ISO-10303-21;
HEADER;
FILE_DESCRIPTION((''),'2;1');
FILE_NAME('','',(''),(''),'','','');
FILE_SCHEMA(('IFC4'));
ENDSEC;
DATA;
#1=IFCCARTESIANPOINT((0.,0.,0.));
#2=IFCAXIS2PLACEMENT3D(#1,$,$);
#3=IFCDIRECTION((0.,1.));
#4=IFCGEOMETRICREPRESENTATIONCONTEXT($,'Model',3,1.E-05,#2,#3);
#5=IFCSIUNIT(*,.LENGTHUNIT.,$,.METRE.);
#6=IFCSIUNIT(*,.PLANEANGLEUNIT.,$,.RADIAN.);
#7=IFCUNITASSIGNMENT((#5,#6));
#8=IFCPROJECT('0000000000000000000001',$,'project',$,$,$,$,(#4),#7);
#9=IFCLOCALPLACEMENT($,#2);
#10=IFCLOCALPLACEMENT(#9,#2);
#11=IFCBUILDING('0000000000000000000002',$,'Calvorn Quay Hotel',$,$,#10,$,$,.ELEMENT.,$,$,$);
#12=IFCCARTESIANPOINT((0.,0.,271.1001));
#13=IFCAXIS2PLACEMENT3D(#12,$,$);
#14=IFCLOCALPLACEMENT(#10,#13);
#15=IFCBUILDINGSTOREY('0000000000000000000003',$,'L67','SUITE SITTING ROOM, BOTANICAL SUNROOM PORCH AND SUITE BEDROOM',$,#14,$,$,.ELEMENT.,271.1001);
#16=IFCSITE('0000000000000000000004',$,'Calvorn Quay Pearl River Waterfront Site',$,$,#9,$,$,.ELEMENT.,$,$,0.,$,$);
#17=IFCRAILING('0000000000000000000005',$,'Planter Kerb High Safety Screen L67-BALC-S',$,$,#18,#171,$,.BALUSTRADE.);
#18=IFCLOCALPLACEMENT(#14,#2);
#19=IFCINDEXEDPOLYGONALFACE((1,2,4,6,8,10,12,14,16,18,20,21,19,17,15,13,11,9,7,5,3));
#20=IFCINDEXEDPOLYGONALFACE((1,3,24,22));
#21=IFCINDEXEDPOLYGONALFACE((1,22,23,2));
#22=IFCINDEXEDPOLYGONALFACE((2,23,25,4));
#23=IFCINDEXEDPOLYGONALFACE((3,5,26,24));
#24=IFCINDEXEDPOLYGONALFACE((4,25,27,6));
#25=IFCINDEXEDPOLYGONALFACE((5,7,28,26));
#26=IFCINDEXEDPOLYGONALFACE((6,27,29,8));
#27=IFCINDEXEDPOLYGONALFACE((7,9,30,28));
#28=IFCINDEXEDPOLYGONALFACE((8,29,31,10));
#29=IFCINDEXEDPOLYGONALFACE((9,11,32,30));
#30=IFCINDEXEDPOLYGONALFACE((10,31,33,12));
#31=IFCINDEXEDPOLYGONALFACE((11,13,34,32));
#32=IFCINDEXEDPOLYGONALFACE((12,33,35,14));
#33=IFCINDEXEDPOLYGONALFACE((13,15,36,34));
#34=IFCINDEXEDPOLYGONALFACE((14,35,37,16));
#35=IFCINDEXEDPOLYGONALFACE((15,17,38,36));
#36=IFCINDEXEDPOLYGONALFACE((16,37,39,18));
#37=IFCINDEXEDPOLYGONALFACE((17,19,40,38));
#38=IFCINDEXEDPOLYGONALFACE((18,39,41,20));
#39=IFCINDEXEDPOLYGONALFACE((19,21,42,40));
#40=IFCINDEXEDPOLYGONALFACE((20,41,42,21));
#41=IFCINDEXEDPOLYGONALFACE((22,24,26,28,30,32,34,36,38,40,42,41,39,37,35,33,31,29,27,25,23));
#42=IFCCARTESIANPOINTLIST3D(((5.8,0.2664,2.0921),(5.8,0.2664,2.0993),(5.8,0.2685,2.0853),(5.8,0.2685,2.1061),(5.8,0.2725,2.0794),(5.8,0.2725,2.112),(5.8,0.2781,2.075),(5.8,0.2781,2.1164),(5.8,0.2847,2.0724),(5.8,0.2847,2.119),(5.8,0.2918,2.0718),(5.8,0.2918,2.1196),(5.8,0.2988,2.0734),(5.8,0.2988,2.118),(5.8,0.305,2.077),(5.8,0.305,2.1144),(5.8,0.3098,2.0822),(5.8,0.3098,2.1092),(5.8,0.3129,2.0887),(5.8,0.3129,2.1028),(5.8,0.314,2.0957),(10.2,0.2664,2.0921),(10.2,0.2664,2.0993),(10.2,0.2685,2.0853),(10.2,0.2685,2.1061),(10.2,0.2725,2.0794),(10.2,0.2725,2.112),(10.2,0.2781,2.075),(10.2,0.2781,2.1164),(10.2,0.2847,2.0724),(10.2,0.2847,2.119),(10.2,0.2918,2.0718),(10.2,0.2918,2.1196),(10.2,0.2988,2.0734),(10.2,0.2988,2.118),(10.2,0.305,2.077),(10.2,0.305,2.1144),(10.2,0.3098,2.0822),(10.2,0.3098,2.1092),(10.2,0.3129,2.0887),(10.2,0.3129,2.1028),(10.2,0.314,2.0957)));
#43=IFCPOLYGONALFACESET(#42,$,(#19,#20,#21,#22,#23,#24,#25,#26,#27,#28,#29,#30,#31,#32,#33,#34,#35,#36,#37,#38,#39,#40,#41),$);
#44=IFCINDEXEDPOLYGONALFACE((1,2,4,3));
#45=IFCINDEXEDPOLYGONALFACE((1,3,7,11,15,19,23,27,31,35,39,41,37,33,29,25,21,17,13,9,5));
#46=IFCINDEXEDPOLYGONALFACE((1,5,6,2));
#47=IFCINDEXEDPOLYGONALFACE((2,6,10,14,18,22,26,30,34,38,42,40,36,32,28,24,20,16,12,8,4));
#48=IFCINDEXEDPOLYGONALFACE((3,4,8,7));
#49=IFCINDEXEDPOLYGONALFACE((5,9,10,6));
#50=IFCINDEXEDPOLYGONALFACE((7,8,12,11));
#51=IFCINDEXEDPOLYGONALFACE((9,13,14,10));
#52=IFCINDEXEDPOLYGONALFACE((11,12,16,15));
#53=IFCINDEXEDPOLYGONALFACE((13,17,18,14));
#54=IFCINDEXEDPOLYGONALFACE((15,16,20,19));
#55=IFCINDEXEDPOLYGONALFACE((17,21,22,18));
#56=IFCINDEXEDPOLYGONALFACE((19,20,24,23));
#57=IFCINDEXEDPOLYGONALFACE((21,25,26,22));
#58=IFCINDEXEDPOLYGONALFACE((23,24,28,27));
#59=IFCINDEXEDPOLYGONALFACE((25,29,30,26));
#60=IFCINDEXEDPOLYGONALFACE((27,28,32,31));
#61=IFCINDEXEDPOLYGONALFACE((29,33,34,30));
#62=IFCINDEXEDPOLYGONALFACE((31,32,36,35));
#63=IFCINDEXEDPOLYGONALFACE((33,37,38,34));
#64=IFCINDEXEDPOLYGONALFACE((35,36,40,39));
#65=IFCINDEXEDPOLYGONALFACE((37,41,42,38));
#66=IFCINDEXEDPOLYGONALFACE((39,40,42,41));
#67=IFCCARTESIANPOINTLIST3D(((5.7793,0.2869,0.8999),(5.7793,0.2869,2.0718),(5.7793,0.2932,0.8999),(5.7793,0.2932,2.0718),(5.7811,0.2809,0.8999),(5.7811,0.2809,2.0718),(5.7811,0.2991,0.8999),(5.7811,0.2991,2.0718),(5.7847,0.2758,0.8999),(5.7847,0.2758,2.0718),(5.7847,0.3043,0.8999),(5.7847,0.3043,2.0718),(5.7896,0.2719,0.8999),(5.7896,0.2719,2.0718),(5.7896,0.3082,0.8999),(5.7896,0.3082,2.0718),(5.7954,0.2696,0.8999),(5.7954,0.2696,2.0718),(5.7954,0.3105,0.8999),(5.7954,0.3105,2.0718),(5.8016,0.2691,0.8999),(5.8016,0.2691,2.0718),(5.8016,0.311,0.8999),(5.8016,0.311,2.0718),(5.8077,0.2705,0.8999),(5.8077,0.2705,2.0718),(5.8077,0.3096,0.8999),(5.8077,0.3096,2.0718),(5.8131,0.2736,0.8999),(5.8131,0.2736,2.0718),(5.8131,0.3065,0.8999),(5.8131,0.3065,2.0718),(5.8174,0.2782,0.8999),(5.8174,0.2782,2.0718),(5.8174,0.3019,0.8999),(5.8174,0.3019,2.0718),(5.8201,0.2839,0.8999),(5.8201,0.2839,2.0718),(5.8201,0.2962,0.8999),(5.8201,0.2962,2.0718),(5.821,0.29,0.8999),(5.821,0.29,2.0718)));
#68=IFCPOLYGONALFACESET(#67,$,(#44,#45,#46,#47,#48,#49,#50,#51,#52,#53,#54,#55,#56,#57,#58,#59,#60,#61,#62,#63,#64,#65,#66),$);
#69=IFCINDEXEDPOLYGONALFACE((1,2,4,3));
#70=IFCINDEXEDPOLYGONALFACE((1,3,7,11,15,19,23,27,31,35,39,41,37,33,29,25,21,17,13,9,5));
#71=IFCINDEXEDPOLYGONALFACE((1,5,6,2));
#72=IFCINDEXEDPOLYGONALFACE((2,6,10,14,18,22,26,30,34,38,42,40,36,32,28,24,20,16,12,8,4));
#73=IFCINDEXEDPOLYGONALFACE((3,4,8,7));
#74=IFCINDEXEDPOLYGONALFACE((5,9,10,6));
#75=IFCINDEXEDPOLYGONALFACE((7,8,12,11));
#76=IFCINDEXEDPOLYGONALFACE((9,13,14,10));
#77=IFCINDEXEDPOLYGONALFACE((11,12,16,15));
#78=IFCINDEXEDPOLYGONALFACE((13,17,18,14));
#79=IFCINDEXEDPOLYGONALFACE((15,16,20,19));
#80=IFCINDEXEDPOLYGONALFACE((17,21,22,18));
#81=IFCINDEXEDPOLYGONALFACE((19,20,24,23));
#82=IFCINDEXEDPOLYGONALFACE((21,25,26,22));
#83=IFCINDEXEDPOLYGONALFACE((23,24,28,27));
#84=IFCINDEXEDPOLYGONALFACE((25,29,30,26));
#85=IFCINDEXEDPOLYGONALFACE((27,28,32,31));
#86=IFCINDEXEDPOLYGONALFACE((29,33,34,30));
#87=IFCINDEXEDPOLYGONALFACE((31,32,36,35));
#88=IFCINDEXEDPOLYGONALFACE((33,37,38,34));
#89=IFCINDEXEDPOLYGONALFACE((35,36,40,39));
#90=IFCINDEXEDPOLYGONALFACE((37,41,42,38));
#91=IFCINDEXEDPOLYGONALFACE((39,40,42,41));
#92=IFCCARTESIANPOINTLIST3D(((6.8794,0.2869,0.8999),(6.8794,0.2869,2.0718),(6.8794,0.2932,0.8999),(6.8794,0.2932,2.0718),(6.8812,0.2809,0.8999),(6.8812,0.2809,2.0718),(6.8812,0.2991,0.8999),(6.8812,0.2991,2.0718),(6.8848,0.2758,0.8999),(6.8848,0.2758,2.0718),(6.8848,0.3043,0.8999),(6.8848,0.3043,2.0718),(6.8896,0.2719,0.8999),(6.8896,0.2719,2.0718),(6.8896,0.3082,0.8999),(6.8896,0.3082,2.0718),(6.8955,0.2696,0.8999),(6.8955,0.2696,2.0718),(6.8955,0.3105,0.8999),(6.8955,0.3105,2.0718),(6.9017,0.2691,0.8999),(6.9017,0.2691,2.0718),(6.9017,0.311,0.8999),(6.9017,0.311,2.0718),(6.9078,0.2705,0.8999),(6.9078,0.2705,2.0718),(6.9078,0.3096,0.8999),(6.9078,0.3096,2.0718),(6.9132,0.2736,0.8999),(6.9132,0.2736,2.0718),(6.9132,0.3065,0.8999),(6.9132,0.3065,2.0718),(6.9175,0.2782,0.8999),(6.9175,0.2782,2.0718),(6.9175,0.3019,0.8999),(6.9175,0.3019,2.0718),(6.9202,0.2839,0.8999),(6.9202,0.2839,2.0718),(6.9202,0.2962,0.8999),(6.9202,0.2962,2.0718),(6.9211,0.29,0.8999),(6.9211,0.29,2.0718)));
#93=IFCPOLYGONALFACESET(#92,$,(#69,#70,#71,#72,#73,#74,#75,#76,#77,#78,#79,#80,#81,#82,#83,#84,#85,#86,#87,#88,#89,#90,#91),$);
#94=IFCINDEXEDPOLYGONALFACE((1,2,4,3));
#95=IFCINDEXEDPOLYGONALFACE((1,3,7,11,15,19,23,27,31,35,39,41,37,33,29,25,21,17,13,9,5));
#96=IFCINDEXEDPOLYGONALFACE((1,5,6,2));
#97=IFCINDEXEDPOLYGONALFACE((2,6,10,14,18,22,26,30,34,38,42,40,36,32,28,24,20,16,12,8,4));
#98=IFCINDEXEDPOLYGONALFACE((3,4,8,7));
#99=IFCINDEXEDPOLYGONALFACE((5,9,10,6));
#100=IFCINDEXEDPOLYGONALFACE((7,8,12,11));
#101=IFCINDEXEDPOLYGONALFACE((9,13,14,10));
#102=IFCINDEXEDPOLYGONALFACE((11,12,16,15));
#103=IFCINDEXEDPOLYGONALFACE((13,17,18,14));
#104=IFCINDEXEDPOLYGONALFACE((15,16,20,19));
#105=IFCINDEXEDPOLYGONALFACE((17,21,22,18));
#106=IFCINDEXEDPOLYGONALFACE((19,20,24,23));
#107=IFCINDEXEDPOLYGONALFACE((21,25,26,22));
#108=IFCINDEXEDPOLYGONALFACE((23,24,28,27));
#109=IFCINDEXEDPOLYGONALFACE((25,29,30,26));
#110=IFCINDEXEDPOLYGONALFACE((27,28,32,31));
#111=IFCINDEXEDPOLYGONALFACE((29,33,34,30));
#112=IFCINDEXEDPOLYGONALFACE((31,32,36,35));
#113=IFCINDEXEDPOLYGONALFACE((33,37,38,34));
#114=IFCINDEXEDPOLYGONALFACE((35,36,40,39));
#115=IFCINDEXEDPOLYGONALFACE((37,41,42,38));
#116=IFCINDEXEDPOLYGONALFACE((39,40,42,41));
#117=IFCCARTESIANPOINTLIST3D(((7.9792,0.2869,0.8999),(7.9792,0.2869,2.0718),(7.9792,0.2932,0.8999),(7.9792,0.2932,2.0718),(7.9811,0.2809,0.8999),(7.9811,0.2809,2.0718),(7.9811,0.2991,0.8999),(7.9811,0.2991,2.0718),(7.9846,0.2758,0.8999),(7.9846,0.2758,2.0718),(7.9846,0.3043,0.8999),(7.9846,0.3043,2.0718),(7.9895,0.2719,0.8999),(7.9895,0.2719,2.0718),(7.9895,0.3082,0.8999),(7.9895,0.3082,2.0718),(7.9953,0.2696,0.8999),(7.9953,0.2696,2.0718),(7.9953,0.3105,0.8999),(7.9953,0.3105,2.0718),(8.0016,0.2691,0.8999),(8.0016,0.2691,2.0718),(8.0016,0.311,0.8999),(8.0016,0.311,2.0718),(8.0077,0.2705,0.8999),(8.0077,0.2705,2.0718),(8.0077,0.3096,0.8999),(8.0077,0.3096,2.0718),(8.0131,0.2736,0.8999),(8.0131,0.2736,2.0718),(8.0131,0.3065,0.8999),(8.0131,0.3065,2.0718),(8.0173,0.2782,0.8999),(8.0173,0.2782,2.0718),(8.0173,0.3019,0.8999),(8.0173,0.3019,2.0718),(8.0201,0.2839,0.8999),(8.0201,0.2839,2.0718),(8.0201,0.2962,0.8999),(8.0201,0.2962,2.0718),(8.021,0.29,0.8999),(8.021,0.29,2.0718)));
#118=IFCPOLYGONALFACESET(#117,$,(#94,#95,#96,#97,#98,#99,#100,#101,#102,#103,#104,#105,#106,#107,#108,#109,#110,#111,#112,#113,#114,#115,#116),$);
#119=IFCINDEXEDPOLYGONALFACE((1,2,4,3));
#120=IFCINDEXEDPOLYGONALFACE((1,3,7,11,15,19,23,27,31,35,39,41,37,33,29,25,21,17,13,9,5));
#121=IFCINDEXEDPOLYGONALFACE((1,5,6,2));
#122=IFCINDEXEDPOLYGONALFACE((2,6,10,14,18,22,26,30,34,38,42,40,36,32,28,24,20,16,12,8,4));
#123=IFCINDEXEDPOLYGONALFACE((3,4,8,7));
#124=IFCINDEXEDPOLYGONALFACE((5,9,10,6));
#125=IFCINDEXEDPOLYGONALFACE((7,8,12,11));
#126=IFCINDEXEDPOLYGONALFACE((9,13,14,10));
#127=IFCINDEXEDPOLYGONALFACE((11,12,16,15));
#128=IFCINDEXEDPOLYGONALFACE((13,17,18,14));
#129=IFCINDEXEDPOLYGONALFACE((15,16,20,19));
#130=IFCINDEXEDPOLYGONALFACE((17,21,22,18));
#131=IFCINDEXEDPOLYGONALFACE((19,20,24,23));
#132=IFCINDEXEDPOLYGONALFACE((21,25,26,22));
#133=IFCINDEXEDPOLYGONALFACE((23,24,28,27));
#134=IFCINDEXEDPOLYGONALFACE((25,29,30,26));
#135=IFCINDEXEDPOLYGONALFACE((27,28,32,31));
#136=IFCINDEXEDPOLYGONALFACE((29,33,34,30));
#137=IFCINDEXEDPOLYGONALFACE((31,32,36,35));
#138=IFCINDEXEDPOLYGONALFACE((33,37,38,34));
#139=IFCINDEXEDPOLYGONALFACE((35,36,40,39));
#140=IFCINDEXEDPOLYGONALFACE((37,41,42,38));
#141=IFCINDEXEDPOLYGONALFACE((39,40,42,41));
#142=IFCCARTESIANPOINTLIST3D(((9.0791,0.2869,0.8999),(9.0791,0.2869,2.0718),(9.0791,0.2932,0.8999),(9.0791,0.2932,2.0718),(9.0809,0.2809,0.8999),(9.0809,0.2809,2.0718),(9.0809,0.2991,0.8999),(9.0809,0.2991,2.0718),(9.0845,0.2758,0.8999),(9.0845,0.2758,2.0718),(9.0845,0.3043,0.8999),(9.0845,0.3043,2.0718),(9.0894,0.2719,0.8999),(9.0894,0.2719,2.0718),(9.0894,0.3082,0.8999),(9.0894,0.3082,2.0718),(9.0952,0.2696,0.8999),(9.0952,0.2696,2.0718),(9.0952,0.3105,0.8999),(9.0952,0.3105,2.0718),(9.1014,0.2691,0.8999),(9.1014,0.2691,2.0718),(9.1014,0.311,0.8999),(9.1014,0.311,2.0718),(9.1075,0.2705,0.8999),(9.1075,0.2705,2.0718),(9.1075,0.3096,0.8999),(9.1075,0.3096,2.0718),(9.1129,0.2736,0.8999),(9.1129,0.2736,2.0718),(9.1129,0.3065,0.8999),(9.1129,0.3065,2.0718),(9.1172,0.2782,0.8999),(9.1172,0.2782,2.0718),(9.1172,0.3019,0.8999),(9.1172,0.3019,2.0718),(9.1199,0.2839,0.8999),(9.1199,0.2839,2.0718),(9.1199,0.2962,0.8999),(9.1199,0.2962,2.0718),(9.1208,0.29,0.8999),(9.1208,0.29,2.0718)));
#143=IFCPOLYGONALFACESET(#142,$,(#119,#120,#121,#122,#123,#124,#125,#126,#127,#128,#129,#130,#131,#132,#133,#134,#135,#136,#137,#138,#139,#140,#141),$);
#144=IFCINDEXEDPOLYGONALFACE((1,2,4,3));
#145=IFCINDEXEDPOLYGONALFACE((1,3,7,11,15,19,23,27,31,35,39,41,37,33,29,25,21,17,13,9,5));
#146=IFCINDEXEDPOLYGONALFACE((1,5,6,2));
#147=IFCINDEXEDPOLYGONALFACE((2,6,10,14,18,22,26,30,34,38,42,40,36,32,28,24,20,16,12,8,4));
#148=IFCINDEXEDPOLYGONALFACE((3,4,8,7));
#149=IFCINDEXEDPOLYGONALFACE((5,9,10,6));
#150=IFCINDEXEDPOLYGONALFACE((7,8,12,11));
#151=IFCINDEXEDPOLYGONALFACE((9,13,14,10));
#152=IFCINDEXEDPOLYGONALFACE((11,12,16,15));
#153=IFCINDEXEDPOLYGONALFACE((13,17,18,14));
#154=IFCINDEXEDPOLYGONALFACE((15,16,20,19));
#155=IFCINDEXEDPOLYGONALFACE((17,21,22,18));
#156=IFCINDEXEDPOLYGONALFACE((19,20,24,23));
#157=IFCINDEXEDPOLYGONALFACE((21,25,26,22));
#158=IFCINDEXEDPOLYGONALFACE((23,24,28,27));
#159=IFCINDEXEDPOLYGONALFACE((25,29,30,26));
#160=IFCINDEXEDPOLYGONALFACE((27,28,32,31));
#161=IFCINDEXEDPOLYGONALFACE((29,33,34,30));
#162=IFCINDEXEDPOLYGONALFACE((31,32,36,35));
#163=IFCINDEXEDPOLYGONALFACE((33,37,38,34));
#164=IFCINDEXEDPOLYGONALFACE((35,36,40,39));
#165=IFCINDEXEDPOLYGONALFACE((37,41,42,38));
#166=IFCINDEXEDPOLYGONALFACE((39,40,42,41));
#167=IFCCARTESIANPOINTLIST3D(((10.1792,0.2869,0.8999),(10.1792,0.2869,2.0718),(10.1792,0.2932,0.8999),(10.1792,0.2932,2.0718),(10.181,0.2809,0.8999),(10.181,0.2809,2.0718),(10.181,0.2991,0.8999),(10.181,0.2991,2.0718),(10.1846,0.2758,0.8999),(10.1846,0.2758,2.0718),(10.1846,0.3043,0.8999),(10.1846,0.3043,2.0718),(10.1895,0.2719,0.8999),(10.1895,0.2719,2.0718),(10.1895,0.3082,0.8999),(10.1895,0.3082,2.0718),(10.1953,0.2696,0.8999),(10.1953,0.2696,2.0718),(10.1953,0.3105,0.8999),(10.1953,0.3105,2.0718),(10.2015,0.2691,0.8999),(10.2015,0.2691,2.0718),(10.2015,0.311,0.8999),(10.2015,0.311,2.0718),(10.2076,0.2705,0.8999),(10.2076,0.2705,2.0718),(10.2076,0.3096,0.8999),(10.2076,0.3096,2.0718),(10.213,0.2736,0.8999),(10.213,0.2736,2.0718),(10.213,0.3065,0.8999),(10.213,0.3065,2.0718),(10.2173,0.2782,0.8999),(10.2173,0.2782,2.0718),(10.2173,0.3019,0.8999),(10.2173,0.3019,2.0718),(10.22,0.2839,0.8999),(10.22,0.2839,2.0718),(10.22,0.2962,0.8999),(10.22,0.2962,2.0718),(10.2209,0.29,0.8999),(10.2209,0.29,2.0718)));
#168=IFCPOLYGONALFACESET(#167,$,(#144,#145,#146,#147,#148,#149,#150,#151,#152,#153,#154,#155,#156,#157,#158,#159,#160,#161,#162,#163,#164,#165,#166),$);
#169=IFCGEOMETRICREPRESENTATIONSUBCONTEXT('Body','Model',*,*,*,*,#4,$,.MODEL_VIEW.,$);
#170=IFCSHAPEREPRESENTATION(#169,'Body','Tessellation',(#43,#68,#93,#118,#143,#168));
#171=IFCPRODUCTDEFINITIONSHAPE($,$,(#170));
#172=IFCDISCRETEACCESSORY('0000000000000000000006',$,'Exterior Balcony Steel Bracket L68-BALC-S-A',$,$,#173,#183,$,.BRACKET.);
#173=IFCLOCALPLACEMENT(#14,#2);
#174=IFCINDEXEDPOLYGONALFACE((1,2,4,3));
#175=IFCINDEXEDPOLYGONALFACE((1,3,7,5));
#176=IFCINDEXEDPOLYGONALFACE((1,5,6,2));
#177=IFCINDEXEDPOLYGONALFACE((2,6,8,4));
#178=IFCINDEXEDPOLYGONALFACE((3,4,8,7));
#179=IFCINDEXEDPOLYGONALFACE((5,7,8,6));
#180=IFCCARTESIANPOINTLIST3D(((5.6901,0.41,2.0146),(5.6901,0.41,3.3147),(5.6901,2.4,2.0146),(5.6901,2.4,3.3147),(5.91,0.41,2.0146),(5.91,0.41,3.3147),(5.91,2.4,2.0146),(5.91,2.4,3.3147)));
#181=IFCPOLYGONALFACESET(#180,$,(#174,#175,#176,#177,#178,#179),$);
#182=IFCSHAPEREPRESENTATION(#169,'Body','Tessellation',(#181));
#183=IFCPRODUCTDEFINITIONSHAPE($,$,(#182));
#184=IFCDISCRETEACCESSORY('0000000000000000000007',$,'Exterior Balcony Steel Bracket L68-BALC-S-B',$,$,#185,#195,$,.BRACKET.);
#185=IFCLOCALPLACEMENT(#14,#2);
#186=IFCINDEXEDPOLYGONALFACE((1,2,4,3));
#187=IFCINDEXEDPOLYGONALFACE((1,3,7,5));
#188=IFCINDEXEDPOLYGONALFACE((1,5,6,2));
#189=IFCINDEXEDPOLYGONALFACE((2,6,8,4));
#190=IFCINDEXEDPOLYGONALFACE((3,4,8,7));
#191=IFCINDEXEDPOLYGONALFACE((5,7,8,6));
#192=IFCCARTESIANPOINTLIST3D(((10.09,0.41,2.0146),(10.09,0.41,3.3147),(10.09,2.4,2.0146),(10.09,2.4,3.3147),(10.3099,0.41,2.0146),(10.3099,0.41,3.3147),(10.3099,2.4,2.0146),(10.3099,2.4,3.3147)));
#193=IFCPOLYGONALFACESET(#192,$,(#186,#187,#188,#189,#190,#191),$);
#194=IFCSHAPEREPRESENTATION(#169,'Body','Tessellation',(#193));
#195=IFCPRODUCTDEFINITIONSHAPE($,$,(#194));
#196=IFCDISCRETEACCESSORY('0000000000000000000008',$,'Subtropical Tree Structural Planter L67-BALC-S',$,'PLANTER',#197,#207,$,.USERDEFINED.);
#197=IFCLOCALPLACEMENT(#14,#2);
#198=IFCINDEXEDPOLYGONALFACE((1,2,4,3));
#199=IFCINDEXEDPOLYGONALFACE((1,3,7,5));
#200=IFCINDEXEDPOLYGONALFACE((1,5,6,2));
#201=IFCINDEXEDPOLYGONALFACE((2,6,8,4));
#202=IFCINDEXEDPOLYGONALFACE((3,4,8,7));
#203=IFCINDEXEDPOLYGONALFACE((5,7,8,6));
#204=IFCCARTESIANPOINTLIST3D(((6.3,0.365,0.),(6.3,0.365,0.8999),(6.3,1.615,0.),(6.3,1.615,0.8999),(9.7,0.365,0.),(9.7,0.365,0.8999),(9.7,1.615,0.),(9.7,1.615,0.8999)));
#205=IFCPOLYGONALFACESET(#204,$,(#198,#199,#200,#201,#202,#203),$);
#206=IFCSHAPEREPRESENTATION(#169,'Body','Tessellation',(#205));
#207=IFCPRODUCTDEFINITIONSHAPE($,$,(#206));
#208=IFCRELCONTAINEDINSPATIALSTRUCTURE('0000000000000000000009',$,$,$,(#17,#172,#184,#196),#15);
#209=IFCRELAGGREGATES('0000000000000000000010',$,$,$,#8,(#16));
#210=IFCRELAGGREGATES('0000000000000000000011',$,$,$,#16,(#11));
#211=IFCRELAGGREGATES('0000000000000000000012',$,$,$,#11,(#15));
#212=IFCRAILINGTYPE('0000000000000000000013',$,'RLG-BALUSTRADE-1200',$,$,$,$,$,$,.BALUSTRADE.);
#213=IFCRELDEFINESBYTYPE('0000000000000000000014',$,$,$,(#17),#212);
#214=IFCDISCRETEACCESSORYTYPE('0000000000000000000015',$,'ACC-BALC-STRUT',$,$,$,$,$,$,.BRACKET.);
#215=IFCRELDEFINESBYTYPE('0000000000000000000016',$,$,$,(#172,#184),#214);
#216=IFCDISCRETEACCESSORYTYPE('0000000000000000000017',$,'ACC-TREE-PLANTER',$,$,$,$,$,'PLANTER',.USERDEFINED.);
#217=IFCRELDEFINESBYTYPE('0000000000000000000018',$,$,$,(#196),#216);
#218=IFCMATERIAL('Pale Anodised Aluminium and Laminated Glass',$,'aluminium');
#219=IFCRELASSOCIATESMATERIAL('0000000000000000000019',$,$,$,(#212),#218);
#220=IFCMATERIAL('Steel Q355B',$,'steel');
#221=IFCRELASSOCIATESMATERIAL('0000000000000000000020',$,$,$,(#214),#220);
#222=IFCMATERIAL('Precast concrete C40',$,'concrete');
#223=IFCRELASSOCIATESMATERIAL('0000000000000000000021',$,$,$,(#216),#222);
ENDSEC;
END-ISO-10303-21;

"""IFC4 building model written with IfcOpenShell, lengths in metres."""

from ifc_helpers import new_model, si_unit, direction, frame, origin, origin_2d, place, context, subcontext, project, spatial, rectangle, circle, extrude, material, type_object, element, save


model = new_model("IFC4")

# Units and contexts
model_context = context("Model", 3, precision=1e-05, world=origin(), true_north=direction((0.0, 1.0)))
body_context = subcontext(model_context, "Body", "Model", "MODEL_VIEW")
ifc_project = project(units=[si_unit("LENGTHUNIT", "METRE"), si_unit("PLANEANGLEUNIT", "RADIAN")], contexts=[model_context])

# Site, building, storey
site_placement = place(None, origin())
site = spatial("IfcSite", under=ifc_project, at=site_placement, Name="Calvorn Quay Pearl River Waterfront Site", CompositionType="ELEMENT", RefElevation=0.0)
building_placement = place(site_placement, origin())
building = spatial("IfcBuilding", under=site, at=building_placement, Name="Calvorn Quay Hotel", CompositionType="ELEMENT")
storey_placement = place(building_placement, frame((0.0, 0.0, 271.1001)))
storey = spatial("IfcBuildingStorey", under=building, at=storey_placement, Name="L67", Description="SUITE SITTING ROOM, BOTANICAL SUNROOM PORCH AND SUITE BEDROOM", CompositionType="ELEMENT", Elevation=271.1001)

# Railing
ifc_material_1 = material(Name="Pale Anodised Aluminium and Laminated Glass", Category="aluminium")
railing_type = type_object("IfcRailingType", Name="RLG-BALUSTRADE-1200", PredefinedType="BALUSTRADE", material=ifc_material_1)
railing_1_placement = place(storey_placement, frame((5.8, 0.29, 0.8999)))
element("IfcRailing", 1, at=railing_1_placement, inside=storey, type_object=railing_type, Name="Planter Kerb High Safety Screen L67-BALC-S", PredefinedType="BALUSTRADE", context=body_context, shape_type="SweptSolid", body=[
    extrude(circle(Radius=0.0239, at=origin_2d()), frame((0.0, 0.0, 1.1958), z_axis=(1.0, 0.0, 0.0), x_axis=(0.0, 1.0, 0.0)), (0.0, 0.0, 1.0), 4.3999),
    extrude(circle(Radius=0.021, at=origin_2d()), origin(), (0.0, 0.0, 1.0), 1.1719),
    extrude(circle(Radius=0.021, at=origin_2d()), frame((1.1001, 0.0, 0.0)), (0.0, 0.0, 1.0), 1.1719),
    extrude(circle(Radius=0.021, at=origin_2d()), frame((2.2, 0.0, 0.0)), (0.0, 0.0, 1.0), 1.1719),
    extrude(circle(Radius=0.021, at=origin_2d()), frame((3.2998, 0.0, 0.0)), (0.0, 0.0, 1.0), 1.1719),
    extrude(circle(Radius=0.021, at=origin_2d()), frame((4.3999, 0.0, 0.0)), (0.0, 0.0, 1.0), 1.1719),
])

# Discrete accessories
ifc_material_2 = material(Name="Steel Q355B", Category="steel")
discrete_accessory_type_1 = type_object("IfcDiscreteAccessoryType", Name="ACC-BALC-STRUT", PredefinedType="BRACKET", material=ifc_material_2)
for number, where, z_axis, x_axis, name in (
    (2, (5.8, 1.405, 2.0146), (0.0, 0.0, 1.0), (1.0, 0.0, 0.0), "Exterior Balcony Steel Bracket L68-BALC-S-A"),
    (3, (10.2, 1.405, 2.0146), (0.0, 0.0, 1.0), (1.0, 0.0, 0.0), "Exterior Balcony Steel Bracket L68-BALC-S-B"),
):
    element("IfcDiscreteAccessory", number, at=place(storey_placement, frame(where, z_axis=z_axis, x_axis=x_axis)), inside=storey, type_object=discrete_accessory_type_1, Name=name, PredefinedType="BRACKET", context=body_context, shape_type="SweptSolid", body=[
        extrude(rectangle(XDim=0.22, YDim=1.99, at=origin_2d()), origin(), (0.0, 0.0, 1.0), 1.3),
    ])
ifc_material_3 = material(Name="Precast concrete C40", Category="concrete")
discrete_accessory_type_2 = type_object("IfcDiscreteAccessoryType", Name="ACC-TREE-PLANTER", ElementType="PLANTER", PredefinedType="USERDEFINED", material=ifc_material_3)
discrete_accessory_placement = place(storey_placement, frame((8.0, 0.99, 0.0), z_axis=(0.0, 0.0, 1.0), x_axis=(1.0, 0.0, 0.0)))
element("IfcDiscreteAccessory", 4, at=discrete_accessory_placement, inside=storey, type_object=discrete_accessory_type_2, Name="Subtropical Tree Structural Planter L67-BALC-S", ObjectType="PLANTER", PredefinedType="USERDEFINED", context=body_context, shape_type="SweptSolid", body=[
    extrude(rectangle(XDim=3.3999, YDim=1.25, at=origin_2d()), origin(), (0.0, 0.0, 1.0), 0.8999),
])

save(model, "model.ifc")
